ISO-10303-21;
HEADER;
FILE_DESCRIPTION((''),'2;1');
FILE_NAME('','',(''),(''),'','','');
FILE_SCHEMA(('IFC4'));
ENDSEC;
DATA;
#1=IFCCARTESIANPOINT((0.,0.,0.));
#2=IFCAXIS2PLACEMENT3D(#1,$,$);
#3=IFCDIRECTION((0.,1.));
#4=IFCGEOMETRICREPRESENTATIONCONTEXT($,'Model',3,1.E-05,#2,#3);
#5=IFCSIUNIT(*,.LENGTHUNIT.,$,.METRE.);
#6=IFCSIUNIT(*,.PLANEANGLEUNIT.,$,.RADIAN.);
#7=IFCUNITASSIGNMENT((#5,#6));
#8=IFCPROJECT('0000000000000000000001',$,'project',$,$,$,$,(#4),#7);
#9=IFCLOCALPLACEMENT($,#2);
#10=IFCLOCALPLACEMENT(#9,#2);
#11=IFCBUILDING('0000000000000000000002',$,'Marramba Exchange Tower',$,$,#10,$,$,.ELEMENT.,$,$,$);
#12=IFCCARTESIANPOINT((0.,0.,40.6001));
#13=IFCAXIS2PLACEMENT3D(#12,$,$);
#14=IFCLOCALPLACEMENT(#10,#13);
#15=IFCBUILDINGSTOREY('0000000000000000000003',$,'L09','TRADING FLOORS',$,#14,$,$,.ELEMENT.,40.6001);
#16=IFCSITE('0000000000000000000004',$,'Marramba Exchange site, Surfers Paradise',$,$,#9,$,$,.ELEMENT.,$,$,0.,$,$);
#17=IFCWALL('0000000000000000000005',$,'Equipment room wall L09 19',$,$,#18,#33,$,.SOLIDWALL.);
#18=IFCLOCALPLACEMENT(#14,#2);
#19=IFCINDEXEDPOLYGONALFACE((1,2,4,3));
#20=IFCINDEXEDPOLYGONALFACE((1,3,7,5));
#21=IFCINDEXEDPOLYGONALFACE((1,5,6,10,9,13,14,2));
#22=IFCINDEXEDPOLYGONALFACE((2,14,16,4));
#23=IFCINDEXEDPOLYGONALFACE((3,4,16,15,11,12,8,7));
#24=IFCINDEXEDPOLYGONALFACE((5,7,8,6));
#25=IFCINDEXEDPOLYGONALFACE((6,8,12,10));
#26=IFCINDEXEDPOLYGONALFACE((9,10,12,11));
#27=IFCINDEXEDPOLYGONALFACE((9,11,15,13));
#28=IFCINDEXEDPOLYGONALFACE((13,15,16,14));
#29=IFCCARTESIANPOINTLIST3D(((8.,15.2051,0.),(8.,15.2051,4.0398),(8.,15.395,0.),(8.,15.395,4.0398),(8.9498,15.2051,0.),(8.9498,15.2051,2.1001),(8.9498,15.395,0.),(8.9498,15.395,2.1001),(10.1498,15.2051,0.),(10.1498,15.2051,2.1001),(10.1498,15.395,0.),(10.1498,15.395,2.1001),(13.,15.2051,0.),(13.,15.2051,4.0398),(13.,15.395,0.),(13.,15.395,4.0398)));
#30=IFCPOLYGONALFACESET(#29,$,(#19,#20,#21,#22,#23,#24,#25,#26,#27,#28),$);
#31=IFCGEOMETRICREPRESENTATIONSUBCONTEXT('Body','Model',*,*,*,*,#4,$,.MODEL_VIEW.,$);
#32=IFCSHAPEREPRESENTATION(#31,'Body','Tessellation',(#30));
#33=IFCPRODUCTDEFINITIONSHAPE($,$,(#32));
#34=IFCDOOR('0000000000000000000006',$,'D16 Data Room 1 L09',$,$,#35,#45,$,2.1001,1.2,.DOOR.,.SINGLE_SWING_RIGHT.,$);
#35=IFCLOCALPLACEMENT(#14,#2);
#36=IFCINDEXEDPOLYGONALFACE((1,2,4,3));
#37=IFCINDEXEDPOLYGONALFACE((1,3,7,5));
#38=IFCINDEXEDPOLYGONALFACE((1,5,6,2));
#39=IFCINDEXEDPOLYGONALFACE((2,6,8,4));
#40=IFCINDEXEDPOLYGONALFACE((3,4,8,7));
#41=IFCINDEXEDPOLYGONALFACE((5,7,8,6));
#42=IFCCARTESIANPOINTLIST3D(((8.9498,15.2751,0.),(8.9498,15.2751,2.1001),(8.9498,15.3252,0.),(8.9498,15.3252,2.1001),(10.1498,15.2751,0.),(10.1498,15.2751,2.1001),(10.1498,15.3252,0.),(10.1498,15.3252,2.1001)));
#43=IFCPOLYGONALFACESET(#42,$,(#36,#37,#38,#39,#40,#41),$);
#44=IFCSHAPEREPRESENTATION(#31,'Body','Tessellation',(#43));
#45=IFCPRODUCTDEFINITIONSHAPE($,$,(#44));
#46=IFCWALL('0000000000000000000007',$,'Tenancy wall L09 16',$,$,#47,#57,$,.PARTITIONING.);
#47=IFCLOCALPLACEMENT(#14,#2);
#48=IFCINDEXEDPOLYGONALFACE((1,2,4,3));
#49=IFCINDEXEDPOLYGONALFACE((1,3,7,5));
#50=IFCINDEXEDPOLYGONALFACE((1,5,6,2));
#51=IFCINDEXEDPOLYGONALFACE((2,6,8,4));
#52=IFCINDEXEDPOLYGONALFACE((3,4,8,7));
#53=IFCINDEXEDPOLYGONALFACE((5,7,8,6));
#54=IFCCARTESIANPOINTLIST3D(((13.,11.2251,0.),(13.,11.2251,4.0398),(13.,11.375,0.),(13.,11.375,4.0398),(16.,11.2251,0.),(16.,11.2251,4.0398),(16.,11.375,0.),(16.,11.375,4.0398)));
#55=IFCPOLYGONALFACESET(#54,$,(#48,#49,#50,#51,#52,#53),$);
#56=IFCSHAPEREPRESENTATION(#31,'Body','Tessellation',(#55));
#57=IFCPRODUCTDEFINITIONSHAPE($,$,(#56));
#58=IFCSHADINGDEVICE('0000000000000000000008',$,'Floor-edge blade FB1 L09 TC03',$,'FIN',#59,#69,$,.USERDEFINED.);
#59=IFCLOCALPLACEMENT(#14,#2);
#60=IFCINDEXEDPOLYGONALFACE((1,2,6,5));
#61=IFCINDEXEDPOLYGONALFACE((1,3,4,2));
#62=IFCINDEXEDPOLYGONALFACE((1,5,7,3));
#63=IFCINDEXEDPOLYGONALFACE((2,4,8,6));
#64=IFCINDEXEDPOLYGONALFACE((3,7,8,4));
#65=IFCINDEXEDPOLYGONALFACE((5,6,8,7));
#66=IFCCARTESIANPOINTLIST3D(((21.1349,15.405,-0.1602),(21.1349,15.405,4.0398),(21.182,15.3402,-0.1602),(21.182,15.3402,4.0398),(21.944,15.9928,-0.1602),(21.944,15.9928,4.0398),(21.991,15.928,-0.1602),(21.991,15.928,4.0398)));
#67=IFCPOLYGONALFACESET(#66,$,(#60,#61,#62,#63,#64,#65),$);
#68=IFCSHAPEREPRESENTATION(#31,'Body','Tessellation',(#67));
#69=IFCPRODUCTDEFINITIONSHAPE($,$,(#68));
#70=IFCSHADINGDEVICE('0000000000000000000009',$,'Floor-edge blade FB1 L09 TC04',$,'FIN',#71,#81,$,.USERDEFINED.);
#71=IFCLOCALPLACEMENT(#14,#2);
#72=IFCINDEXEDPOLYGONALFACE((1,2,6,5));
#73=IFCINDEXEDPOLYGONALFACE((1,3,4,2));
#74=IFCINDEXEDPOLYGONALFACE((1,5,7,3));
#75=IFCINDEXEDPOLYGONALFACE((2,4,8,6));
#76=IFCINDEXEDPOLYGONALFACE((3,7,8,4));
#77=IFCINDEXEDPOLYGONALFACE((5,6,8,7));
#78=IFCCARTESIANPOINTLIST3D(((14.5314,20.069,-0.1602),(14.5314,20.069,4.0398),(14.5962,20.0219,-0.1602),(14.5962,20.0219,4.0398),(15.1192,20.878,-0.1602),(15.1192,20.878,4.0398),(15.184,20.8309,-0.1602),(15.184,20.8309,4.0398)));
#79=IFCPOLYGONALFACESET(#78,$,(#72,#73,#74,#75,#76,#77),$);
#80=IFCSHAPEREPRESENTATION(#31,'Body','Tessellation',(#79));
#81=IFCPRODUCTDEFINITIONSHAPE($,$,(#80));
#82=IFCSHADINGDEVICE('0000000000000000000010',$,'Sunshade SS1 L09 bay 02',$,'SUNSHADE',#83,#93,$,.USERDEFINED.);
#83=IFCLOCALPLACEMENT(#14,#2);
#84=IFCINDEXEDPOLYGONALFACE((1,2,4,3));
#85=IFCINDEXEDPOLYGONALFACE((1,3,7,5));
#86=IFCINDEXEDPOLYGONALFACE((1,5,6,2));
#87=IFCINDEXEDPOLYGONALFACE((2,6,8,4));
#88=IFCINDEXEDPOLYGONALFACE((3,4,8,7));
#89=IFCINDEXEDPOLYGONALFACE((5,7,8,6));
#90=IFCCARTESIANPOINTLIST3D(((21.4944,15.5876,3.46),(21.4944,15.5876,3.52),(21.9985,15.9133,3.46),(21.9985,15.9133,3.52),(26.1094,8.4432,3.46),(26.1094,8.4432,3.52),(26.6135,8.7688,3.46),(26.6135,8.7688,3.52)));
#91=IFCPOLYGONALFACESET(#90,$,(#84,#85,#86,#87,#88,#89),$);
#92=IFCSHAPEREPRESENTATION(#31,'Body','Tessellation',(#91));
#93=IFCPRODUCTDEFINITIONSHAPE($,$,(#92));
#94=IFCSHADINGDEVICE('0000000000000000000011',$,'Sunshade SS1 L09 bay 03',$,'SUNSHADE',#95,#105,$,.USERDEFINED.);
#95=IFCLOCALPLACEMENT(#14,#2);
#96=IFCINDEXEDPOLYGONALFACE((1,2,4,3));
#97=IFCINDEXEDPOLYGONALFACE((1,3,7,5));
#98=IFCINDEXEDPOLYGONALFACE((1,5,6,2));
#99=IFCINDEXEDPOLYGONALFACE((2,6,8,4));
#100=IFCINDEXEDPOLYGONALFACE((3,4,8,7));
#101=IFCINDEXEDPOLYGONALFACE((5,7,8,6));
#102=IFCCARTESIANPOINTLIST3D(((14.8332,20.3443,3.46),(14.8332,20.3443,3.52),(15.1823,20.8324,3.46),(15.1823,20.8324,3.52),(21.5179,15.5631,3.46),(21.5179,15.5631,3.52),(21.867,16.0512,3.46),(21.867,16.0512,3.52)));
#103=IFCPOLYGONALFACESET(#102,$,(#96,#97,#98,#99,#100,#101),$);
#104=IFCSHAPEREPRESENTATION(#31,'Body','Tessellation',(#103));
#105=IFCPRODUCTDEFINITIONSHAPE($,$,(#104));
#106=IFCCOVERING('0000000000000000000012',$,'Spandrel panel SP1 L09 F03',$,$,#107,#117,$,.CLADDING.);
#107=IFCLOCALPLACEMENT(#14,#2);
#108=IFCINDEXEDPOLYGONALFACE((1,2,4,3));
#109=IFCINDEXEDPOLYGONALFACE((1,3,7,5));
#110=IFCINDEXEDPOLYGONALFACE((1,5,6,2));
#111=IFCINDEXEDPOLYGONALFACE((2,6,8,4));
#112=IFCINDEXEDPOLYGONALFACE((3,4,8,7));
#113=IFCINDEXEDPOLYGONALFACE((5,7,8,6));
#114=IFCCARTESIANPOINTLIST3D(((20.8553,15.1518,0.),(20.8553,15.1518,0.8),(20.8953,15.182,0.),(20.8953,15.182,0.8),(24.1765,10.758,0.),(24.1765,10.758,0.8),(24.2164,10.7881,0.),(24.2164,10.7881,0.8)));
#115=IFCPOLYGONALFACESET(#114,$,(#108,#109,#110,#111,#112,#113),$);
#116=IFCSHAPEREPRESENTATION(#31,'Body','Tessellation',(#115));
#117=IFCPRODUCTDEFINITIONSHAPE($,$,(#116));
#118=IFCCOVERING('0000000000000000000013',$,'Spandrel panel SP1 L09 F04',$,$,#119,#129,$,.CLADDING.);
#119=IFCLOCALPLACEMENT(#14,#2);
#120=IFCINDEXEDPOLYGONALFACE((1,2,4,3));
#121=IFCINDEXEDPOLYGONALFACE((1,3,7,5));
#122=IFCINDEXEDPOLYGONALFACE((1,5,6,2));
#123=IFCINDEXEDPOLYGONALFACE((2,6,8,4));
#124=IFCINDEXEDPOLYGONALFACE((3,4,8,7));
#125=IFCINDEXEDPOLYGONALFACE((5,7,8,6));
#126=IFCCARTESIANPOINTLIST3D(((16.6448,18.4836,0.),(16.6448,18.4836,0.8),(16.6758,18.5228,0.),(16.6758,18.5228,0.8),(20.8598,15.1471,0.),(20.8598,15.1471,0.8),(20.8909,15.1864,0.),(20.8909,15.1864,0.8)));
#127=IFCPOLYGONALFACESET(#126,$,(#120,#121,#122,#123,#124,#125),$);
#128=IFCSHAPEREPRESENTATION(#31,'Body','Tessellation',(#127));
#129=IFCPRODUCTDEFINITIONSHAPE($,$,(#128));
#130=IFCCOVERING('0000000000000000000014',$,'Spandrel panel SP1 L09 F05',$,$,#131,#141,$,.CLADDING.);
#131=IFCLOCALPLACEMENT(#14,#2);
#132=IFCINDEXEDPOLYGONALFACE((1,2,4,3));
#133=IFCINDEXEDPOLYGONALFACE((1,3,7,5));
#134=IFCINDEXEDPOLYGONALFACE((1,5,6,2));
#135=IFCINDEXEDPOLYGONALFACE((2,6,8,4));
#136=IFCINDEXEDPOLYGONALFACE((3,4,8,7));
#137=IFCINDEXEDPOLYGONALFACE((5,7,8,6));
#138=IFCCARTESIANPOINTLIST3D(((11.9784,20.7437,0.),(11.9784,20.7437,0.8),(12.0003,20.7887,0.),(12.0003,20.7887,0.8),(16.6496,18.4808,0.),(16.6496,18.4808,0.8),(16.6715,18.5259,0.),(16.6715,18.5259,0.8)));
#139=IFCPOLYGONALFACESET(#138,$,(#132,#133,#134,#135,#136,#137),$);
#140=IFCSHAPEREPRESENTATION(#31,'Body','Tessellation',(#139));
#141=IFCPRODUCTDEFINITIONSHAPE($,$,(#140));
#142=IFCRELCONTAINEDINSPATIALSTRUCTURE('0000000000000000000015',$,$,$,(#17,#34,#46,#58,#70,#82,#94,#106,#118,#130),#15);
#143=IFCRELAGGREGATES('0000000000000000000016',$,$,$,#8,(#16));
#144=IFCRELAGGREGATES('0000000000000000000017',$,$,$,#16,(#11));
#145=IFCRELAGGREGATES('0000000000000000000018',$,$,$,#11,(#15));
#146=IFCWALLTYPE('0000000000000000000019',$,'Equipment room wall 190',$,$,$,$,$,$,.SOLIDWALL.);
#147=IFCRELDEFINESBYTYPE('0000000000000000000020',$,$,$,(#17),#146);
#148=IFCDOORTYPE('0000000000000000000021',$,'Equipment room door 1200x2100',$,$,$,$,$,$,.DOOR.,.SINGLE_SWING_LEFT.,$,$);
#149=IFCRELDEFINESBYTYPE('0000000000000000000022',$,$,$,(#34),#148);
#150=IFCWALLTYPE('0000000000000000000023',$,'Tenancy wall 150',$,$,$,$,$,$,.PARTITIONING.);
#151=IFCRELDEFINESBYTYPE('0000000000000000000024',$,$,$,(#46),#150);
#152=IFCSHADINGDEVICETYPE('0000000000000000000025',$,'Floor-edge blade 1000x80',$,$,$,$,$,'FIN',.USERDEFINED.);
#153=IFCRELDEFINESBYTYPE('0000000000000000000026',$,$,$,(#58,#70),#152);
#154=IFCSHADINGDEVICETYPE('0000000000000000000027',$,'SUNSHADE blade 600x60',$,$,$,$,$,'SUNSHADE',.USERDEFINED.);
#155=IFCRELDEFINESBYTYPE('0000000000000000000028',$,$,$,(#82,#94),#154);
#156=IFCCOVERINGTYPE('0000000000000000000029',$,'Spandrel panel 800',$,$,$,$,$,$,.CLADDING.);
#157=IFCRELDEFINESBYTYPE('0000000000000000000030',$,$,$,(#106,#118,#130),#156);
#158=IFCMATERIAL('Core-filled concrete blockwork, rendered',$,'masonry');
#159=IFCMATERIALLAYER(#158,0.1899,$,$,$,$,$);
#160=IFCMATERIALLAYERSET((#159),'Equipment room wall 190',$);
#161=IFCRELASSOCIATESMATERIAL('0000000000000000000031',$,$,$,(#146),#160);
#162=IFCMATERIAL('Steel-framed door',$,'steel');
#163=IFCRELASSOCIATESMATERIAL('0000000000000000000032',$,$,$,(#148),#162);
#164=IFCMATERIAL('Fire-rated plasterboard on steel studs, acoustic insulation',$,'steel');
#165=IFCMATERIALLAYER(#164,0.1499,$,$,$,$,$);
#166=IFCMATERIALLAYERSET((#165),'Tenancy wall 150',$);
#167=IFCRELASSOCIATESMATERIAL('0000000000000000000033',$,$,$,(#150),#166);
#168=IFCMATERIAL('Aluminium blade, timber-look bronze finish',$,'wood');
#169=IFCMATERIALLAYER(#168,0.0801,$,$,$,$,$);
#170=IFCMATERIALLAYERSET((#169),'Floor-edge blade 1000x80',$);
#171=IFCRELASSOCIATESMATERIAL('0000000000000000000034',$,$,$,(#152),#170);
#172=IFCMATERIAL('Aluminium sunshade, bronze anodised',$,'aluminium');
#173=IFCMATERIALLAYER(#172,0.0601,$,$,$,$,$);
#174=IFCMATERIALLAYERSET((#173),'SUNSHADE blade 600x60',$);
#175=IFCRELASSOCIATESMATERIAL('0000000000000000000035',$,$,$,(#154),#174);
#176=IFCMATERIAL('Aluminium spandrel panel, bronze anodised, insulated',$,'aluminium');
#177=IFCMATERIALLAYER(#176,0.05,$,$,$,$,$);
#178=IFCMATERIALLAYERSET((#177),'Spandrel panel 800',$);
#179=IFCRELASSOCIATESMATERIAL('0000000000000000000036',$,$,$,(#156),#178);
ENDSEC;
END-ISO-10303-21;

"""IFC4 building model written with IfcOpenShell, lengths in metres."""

from ifc_helpers import new_model, si_unit, direction, frame, frame_2d, origin, origin_2d, place, context, subcontext, project, spatial, rectangle, extrude, material, layer, layer_set, type_object, element, fill, save


model = new_model("IFC4")

# Units and contexts
model_context = context("Model", 3, precision=1e-05, world=origin(), true_north=direction((0.0, 1.0)))
body_context = subcontext(model_context, "Body", "Model", "MODEL_VIEW")
ifc_project = project(units=[si_unit("LENGTHUNIT", "METRE"), si_unit("PLANEANGLEUNIT", "RADIAN")], contexts=[model_context])

# Site, building, storey
site_placement = place(None, origin())
site = spatial("IfcSite", under=ifc_project, at=site_placement, Name="Marramba Exchange site, Surfers Paradise", CompositionType="ELEMENT", RefElevation=0.0)
building_placement = place(site_placement, origin())
building = spatial("IfcBuilding", under=site, at=building_placement, Name="Marramba Exchange Tower", CompositionType="ELEMENT")
storey_placement = place(building_placement, frame((0.0, 0.0, 40.6001)))
storey = spatial("IfcBuildingStorey", under=building, at=storey_placement, Name="L09", Description="TRADING FLOORS", CompositionType="ELEMENT", Elevation=40.6001)

# Shared definitions
ifc_material_1 = material(Name="Core-filled concrete blockwork, rendered", Category="masonry")
ifc_layer_1 = layer(ifc_material_1, 0.1899)
ifc_layer_set_1 = layer_set([ifc_layer_1], Name="Equipment room wall 190")
wall_type_1 = type_object("IfcWallType", Name="Equipment room wall 190", PredefinedType="SOLIDWALL", material=ifc_layer_set_1)

# Wall, opening, door
wall_1_placement = place(storey_placement, frame((13.0, 15.3, 0.0), z_axis=(0.0, 0.0, 1.0), x_axis=(-1.0, 0.0, 0.0)))
wall_1 = element("IfcWall", 1, at=wall_1_placement, inside=storey, type_object=wall_type_1, Name="Equipment room wall L09 19", PredefinedType="SOLIDWALL", context=body_context, shape_type="SweptSolid", body=[
    extrude(rectangle(XDim=5.0, YDim=0.1899, at=frame_2d((2.5, 0.0))), origin(), (0.0, 0.0, 1.0), 4.0398),
])
opening_placement = place(wall_1_placement, frame((2.8501, 0.0, 0.0)))
opening = element("IfcOpeningElement", 2, at=opening_placement, cuts=wall_1, PredefinedType="OPENING", context=body_context, shape_type="SweptSolid", body=[
    extrude(rectangle(XDim=1.2, YDim=2.1001, at=frame_2d((0.6001, 1.05))), frame((0.0, 0.105, 0.0), z_axis=(0.0, -1.0, 0.0), x_axis=(1.0, 0.0, 0.0)), (0.0, 0.0, 1.0), 0.21),
])
ifc_material_2 = material(Name="Steel-framed door", Category="steel")
door_type = type_object("IfcDoorType", Name="Equipment room door 1200x2100", OperationType="SINGLE_SWING_LEFT", PredefinedType="DOOR", material=ifc_material_2)
door_placement = place(opening_placement, origin())
door = element("IfcDoor", 3, at=door_placement, inside=storey, type_object=door_type, Name="D16 Data Room 1 L09", OperationType="SINGLE_SWING_RIGHT", OverallHeight=2.1001, OverallWidth=1.2, PredefinedType="DOOR", context=body_context, shape_type="SweptSolid", body=[
    extrude(rectangle(XDim=1.2, YDim=2.1001, at=frame_2d((0.6001, 1.05))), frame((0.0, 0.0249, 0.0), z_axis=(0.0, -1.0, 0.0), x_axis=(1.0, 0.0, 0.0)), (0.0, 0.0, 1.0), 0.05),
])
fill(opening, door)

# Wall
ifc_material_3 = material(Name="Fire-rated plasterboard on steel studs, acoustic insulation", Category="steel")
ifc_layer_2 = layer(ifc_material_3, 0.1499)
ifc_layer_set_2 = layer_set([ifc_layer_2], Name="Tenancy wall 150")
wall_type_2 = type_object("IfcWallType", Name="Tenancy wall 150", PredefinedType="PARTITIONING", material=ifc_layer_set_2)
wall_2_placement = place(storey_placement, frame((16.0, 11.3, 0.0), z_axis=(0.0, 0.0, 1.0), x_axis=(-1.0, 0.0, 0.0)))
element("IfcWall", 4, at=wall_2_placement, inside=storey, type_object=wall_type_2, Name="Tenancy wall L09 16", PredefinedType="PARTITIONING", context=body_context, shape_type="SweptSolid", body=[
    extrude(rectangle(XDim=3.0, YDim=0.1499, at=frame_2d((1.5, 0.0))), origin(), (0.0, 0.0, 1.0), 4.0398),
])

# Shading devices
ifc_material_4 = material(Name="Aluminium blade, timber-look bronze finish", Category="wood")
ifc_layer_3 = layer(ifc_material_4, 0.0801)
ifc_layer_set_3 = layer_set([ifc_layer_3], Name="Floor-edge blade 1000x80")
shading_device_type_1 = type_object("IfcShadingDeviceType", Name="Floor-edge blade 1000x80", ElementType="FIN", PredefinedType="USERDEFINED", material=ifc_layer_set_3)
for number, where, z_axis, x_axis, name in (
    (5, (21.563, 15.6665, -0.1602), (0.0, 0.0, 1.0), (0.809017, 0.587785, 0.0), "Floor-edge blade FB1 L09 TC03"),
    (6, (14.8577, 20.45, -0.1602), (0.0, 0.0, 1.0), (0.587785, 0.809017, 0.0), "Floor-edge blade FB1 L09 TC04"),
):
    element("IfcShadingDevice", number, at=place(storey_placement, frame(where, z_axis=z_axis, x_axis=x_axis)), inside=storey, type_object=shading_device_type_1, Name=name, ObjectType="FIN", PredefinedType="USERDEFINED", context=body_context, shape_type="SweptSolid", body=[
        extrude(rectangle(XDim=1.0, YDim=0.0801, at=origin_2d()), origin(), (0.0, 0.0, 1.0), 4.2),
    ])
ifc_material_5 = material(Name="Aluminium sunshade, bronze anodised", Category="aluminium")
ifc_layer_4 = layer(ifc_material_5, 0.0601)
ifc_layer_set_4 = layer_set([ifc_layer_4], Name="SUNSHADE blade 600x60")
shading_device_type_2 = type_object("IfcShadingDeviceType", Name="SUNSHADE blade 600x60", ElementType="SUNSHADE", PredefinedType="USERDEFINED", material=ifc_layer_set_4)
shading_device_1_placement = place(storey_placement, frame((24.054, 12.1782, 3.46), z_axis=(0.0, 0.0, 1.0), x_axis=(-0.542597, 0.839993, 0.0)))
element("IfcShadingDevice", 7, at=shading_device_1_placement, inside=storey, type_object=shading_device_type_2, Name="Sunshade SS1 L09 bay 02", ObjectType="SUNSHADE", PredefinedType="USERDEFINED", context=body_context, shape_type="SweptSolid", body=[
    extrude(rectangle(XDim=8.5054, YDim=0.6001, at=origin_2d()), origin(), (0.0, 0.0, 1.0), 0.0601),
])
shading_device_2_placement = place(storey_placement, frame((18.3501, 18.1978, 3.46), z_axis=(0.0, 0.0, 1.0), x_axis=(-0.813363, 0.581757, 0.0)))
element("IfcShadingDevice", 8, at=shading_device_2_placement, inside=storey, type_object=shading_device_type_2, Name="Sunshade SS1 L09 bay 03", ObjectType="SUNSHADE", PredefinedType="USERDEFINED", context=body_context, shape_type="SweptSolid", body=[
    extrude(rectangle(XDim=8.2185, YDim=0.6001, at=origin_2d()), origin(), (0.0, 0.0, 1.0), 0.0601),
])

# Coverings
ifc_material_6 = material(Name="Aluminium spandrel panel, bronze anodised, insulated", Category="aluminium")
ifc_layer_5 = layer(ifc_material_6, 0.05)
ifc_layer_set_5 = layer_set([ifc_layer_5], Name="Spandrel panel 800")
covering_type = type_object("IfcCoveringType", Name="Spandrel panel 800", PredefinedType="CLADDING", material=ifc_layer_set_5)
covering_1_placement = place(storey_placement, frame((22.5359, 12.97, 0.0), z_axis=(0.0, 0.0, 1.0), x_axis=(-0.60299, 0.797749, 0.0)))
element("IfcCovering", 9, at=covering_1_placement, inside=storey, type_object=covering_type, Name="Spandrel panel SP1 L09 F03", PredefinedType="CLADDING", context=body_context, shape_type="SweptSolid", body=[
    extrude(rectangle(XDim=5.5078, YDim=0.05, at=origin_2d()), origin(), (0.0, 0.0, 1.0), 0.8),
])
covering_2_placement = place(storey_placement, frame((18.7678, 16.835, 0.0), z_axis=(0.0, 0.0, 1.0), x_axis=(-0.784088, 0.62065, 0.0)))
element("IfcCovering", 10, at=covering_2_placement, inside=storey, type_object=covering_type, Name="Spandrel panel SP1 L09 F04", PredefinedType="CLADDING", context=body_context, shape_type="SweptSolid", body=[
    extrude(rectangle(XDim=5.3757, YDim=0.05, at=origin_2d()), origin(), (0.0, 0.0, 1.0), 0.8),
])
covering_3_placement = place(storey_placement, frame((14.325, 19.6348, 0.0), z_axis=(0.0, 0.0, 1.0), x_axis=(-0.899963, 0.435965, 0.0)))
element("IfcCovering", 11, at=covering_3_placement, inside=storey, type_object=covering_type, Name="Spandrel panel SP1 L09 F05", PredefinedType="CLADDING", context=body_context, shape_type="SweptSolid", body=[
    extrude(rectangle(XDim=5.1904, YDim=0.05, at=origin_2d()), origin(), (0.0, 0.0, 1.0), 0.8),
])

save(model, "model.ifc")
